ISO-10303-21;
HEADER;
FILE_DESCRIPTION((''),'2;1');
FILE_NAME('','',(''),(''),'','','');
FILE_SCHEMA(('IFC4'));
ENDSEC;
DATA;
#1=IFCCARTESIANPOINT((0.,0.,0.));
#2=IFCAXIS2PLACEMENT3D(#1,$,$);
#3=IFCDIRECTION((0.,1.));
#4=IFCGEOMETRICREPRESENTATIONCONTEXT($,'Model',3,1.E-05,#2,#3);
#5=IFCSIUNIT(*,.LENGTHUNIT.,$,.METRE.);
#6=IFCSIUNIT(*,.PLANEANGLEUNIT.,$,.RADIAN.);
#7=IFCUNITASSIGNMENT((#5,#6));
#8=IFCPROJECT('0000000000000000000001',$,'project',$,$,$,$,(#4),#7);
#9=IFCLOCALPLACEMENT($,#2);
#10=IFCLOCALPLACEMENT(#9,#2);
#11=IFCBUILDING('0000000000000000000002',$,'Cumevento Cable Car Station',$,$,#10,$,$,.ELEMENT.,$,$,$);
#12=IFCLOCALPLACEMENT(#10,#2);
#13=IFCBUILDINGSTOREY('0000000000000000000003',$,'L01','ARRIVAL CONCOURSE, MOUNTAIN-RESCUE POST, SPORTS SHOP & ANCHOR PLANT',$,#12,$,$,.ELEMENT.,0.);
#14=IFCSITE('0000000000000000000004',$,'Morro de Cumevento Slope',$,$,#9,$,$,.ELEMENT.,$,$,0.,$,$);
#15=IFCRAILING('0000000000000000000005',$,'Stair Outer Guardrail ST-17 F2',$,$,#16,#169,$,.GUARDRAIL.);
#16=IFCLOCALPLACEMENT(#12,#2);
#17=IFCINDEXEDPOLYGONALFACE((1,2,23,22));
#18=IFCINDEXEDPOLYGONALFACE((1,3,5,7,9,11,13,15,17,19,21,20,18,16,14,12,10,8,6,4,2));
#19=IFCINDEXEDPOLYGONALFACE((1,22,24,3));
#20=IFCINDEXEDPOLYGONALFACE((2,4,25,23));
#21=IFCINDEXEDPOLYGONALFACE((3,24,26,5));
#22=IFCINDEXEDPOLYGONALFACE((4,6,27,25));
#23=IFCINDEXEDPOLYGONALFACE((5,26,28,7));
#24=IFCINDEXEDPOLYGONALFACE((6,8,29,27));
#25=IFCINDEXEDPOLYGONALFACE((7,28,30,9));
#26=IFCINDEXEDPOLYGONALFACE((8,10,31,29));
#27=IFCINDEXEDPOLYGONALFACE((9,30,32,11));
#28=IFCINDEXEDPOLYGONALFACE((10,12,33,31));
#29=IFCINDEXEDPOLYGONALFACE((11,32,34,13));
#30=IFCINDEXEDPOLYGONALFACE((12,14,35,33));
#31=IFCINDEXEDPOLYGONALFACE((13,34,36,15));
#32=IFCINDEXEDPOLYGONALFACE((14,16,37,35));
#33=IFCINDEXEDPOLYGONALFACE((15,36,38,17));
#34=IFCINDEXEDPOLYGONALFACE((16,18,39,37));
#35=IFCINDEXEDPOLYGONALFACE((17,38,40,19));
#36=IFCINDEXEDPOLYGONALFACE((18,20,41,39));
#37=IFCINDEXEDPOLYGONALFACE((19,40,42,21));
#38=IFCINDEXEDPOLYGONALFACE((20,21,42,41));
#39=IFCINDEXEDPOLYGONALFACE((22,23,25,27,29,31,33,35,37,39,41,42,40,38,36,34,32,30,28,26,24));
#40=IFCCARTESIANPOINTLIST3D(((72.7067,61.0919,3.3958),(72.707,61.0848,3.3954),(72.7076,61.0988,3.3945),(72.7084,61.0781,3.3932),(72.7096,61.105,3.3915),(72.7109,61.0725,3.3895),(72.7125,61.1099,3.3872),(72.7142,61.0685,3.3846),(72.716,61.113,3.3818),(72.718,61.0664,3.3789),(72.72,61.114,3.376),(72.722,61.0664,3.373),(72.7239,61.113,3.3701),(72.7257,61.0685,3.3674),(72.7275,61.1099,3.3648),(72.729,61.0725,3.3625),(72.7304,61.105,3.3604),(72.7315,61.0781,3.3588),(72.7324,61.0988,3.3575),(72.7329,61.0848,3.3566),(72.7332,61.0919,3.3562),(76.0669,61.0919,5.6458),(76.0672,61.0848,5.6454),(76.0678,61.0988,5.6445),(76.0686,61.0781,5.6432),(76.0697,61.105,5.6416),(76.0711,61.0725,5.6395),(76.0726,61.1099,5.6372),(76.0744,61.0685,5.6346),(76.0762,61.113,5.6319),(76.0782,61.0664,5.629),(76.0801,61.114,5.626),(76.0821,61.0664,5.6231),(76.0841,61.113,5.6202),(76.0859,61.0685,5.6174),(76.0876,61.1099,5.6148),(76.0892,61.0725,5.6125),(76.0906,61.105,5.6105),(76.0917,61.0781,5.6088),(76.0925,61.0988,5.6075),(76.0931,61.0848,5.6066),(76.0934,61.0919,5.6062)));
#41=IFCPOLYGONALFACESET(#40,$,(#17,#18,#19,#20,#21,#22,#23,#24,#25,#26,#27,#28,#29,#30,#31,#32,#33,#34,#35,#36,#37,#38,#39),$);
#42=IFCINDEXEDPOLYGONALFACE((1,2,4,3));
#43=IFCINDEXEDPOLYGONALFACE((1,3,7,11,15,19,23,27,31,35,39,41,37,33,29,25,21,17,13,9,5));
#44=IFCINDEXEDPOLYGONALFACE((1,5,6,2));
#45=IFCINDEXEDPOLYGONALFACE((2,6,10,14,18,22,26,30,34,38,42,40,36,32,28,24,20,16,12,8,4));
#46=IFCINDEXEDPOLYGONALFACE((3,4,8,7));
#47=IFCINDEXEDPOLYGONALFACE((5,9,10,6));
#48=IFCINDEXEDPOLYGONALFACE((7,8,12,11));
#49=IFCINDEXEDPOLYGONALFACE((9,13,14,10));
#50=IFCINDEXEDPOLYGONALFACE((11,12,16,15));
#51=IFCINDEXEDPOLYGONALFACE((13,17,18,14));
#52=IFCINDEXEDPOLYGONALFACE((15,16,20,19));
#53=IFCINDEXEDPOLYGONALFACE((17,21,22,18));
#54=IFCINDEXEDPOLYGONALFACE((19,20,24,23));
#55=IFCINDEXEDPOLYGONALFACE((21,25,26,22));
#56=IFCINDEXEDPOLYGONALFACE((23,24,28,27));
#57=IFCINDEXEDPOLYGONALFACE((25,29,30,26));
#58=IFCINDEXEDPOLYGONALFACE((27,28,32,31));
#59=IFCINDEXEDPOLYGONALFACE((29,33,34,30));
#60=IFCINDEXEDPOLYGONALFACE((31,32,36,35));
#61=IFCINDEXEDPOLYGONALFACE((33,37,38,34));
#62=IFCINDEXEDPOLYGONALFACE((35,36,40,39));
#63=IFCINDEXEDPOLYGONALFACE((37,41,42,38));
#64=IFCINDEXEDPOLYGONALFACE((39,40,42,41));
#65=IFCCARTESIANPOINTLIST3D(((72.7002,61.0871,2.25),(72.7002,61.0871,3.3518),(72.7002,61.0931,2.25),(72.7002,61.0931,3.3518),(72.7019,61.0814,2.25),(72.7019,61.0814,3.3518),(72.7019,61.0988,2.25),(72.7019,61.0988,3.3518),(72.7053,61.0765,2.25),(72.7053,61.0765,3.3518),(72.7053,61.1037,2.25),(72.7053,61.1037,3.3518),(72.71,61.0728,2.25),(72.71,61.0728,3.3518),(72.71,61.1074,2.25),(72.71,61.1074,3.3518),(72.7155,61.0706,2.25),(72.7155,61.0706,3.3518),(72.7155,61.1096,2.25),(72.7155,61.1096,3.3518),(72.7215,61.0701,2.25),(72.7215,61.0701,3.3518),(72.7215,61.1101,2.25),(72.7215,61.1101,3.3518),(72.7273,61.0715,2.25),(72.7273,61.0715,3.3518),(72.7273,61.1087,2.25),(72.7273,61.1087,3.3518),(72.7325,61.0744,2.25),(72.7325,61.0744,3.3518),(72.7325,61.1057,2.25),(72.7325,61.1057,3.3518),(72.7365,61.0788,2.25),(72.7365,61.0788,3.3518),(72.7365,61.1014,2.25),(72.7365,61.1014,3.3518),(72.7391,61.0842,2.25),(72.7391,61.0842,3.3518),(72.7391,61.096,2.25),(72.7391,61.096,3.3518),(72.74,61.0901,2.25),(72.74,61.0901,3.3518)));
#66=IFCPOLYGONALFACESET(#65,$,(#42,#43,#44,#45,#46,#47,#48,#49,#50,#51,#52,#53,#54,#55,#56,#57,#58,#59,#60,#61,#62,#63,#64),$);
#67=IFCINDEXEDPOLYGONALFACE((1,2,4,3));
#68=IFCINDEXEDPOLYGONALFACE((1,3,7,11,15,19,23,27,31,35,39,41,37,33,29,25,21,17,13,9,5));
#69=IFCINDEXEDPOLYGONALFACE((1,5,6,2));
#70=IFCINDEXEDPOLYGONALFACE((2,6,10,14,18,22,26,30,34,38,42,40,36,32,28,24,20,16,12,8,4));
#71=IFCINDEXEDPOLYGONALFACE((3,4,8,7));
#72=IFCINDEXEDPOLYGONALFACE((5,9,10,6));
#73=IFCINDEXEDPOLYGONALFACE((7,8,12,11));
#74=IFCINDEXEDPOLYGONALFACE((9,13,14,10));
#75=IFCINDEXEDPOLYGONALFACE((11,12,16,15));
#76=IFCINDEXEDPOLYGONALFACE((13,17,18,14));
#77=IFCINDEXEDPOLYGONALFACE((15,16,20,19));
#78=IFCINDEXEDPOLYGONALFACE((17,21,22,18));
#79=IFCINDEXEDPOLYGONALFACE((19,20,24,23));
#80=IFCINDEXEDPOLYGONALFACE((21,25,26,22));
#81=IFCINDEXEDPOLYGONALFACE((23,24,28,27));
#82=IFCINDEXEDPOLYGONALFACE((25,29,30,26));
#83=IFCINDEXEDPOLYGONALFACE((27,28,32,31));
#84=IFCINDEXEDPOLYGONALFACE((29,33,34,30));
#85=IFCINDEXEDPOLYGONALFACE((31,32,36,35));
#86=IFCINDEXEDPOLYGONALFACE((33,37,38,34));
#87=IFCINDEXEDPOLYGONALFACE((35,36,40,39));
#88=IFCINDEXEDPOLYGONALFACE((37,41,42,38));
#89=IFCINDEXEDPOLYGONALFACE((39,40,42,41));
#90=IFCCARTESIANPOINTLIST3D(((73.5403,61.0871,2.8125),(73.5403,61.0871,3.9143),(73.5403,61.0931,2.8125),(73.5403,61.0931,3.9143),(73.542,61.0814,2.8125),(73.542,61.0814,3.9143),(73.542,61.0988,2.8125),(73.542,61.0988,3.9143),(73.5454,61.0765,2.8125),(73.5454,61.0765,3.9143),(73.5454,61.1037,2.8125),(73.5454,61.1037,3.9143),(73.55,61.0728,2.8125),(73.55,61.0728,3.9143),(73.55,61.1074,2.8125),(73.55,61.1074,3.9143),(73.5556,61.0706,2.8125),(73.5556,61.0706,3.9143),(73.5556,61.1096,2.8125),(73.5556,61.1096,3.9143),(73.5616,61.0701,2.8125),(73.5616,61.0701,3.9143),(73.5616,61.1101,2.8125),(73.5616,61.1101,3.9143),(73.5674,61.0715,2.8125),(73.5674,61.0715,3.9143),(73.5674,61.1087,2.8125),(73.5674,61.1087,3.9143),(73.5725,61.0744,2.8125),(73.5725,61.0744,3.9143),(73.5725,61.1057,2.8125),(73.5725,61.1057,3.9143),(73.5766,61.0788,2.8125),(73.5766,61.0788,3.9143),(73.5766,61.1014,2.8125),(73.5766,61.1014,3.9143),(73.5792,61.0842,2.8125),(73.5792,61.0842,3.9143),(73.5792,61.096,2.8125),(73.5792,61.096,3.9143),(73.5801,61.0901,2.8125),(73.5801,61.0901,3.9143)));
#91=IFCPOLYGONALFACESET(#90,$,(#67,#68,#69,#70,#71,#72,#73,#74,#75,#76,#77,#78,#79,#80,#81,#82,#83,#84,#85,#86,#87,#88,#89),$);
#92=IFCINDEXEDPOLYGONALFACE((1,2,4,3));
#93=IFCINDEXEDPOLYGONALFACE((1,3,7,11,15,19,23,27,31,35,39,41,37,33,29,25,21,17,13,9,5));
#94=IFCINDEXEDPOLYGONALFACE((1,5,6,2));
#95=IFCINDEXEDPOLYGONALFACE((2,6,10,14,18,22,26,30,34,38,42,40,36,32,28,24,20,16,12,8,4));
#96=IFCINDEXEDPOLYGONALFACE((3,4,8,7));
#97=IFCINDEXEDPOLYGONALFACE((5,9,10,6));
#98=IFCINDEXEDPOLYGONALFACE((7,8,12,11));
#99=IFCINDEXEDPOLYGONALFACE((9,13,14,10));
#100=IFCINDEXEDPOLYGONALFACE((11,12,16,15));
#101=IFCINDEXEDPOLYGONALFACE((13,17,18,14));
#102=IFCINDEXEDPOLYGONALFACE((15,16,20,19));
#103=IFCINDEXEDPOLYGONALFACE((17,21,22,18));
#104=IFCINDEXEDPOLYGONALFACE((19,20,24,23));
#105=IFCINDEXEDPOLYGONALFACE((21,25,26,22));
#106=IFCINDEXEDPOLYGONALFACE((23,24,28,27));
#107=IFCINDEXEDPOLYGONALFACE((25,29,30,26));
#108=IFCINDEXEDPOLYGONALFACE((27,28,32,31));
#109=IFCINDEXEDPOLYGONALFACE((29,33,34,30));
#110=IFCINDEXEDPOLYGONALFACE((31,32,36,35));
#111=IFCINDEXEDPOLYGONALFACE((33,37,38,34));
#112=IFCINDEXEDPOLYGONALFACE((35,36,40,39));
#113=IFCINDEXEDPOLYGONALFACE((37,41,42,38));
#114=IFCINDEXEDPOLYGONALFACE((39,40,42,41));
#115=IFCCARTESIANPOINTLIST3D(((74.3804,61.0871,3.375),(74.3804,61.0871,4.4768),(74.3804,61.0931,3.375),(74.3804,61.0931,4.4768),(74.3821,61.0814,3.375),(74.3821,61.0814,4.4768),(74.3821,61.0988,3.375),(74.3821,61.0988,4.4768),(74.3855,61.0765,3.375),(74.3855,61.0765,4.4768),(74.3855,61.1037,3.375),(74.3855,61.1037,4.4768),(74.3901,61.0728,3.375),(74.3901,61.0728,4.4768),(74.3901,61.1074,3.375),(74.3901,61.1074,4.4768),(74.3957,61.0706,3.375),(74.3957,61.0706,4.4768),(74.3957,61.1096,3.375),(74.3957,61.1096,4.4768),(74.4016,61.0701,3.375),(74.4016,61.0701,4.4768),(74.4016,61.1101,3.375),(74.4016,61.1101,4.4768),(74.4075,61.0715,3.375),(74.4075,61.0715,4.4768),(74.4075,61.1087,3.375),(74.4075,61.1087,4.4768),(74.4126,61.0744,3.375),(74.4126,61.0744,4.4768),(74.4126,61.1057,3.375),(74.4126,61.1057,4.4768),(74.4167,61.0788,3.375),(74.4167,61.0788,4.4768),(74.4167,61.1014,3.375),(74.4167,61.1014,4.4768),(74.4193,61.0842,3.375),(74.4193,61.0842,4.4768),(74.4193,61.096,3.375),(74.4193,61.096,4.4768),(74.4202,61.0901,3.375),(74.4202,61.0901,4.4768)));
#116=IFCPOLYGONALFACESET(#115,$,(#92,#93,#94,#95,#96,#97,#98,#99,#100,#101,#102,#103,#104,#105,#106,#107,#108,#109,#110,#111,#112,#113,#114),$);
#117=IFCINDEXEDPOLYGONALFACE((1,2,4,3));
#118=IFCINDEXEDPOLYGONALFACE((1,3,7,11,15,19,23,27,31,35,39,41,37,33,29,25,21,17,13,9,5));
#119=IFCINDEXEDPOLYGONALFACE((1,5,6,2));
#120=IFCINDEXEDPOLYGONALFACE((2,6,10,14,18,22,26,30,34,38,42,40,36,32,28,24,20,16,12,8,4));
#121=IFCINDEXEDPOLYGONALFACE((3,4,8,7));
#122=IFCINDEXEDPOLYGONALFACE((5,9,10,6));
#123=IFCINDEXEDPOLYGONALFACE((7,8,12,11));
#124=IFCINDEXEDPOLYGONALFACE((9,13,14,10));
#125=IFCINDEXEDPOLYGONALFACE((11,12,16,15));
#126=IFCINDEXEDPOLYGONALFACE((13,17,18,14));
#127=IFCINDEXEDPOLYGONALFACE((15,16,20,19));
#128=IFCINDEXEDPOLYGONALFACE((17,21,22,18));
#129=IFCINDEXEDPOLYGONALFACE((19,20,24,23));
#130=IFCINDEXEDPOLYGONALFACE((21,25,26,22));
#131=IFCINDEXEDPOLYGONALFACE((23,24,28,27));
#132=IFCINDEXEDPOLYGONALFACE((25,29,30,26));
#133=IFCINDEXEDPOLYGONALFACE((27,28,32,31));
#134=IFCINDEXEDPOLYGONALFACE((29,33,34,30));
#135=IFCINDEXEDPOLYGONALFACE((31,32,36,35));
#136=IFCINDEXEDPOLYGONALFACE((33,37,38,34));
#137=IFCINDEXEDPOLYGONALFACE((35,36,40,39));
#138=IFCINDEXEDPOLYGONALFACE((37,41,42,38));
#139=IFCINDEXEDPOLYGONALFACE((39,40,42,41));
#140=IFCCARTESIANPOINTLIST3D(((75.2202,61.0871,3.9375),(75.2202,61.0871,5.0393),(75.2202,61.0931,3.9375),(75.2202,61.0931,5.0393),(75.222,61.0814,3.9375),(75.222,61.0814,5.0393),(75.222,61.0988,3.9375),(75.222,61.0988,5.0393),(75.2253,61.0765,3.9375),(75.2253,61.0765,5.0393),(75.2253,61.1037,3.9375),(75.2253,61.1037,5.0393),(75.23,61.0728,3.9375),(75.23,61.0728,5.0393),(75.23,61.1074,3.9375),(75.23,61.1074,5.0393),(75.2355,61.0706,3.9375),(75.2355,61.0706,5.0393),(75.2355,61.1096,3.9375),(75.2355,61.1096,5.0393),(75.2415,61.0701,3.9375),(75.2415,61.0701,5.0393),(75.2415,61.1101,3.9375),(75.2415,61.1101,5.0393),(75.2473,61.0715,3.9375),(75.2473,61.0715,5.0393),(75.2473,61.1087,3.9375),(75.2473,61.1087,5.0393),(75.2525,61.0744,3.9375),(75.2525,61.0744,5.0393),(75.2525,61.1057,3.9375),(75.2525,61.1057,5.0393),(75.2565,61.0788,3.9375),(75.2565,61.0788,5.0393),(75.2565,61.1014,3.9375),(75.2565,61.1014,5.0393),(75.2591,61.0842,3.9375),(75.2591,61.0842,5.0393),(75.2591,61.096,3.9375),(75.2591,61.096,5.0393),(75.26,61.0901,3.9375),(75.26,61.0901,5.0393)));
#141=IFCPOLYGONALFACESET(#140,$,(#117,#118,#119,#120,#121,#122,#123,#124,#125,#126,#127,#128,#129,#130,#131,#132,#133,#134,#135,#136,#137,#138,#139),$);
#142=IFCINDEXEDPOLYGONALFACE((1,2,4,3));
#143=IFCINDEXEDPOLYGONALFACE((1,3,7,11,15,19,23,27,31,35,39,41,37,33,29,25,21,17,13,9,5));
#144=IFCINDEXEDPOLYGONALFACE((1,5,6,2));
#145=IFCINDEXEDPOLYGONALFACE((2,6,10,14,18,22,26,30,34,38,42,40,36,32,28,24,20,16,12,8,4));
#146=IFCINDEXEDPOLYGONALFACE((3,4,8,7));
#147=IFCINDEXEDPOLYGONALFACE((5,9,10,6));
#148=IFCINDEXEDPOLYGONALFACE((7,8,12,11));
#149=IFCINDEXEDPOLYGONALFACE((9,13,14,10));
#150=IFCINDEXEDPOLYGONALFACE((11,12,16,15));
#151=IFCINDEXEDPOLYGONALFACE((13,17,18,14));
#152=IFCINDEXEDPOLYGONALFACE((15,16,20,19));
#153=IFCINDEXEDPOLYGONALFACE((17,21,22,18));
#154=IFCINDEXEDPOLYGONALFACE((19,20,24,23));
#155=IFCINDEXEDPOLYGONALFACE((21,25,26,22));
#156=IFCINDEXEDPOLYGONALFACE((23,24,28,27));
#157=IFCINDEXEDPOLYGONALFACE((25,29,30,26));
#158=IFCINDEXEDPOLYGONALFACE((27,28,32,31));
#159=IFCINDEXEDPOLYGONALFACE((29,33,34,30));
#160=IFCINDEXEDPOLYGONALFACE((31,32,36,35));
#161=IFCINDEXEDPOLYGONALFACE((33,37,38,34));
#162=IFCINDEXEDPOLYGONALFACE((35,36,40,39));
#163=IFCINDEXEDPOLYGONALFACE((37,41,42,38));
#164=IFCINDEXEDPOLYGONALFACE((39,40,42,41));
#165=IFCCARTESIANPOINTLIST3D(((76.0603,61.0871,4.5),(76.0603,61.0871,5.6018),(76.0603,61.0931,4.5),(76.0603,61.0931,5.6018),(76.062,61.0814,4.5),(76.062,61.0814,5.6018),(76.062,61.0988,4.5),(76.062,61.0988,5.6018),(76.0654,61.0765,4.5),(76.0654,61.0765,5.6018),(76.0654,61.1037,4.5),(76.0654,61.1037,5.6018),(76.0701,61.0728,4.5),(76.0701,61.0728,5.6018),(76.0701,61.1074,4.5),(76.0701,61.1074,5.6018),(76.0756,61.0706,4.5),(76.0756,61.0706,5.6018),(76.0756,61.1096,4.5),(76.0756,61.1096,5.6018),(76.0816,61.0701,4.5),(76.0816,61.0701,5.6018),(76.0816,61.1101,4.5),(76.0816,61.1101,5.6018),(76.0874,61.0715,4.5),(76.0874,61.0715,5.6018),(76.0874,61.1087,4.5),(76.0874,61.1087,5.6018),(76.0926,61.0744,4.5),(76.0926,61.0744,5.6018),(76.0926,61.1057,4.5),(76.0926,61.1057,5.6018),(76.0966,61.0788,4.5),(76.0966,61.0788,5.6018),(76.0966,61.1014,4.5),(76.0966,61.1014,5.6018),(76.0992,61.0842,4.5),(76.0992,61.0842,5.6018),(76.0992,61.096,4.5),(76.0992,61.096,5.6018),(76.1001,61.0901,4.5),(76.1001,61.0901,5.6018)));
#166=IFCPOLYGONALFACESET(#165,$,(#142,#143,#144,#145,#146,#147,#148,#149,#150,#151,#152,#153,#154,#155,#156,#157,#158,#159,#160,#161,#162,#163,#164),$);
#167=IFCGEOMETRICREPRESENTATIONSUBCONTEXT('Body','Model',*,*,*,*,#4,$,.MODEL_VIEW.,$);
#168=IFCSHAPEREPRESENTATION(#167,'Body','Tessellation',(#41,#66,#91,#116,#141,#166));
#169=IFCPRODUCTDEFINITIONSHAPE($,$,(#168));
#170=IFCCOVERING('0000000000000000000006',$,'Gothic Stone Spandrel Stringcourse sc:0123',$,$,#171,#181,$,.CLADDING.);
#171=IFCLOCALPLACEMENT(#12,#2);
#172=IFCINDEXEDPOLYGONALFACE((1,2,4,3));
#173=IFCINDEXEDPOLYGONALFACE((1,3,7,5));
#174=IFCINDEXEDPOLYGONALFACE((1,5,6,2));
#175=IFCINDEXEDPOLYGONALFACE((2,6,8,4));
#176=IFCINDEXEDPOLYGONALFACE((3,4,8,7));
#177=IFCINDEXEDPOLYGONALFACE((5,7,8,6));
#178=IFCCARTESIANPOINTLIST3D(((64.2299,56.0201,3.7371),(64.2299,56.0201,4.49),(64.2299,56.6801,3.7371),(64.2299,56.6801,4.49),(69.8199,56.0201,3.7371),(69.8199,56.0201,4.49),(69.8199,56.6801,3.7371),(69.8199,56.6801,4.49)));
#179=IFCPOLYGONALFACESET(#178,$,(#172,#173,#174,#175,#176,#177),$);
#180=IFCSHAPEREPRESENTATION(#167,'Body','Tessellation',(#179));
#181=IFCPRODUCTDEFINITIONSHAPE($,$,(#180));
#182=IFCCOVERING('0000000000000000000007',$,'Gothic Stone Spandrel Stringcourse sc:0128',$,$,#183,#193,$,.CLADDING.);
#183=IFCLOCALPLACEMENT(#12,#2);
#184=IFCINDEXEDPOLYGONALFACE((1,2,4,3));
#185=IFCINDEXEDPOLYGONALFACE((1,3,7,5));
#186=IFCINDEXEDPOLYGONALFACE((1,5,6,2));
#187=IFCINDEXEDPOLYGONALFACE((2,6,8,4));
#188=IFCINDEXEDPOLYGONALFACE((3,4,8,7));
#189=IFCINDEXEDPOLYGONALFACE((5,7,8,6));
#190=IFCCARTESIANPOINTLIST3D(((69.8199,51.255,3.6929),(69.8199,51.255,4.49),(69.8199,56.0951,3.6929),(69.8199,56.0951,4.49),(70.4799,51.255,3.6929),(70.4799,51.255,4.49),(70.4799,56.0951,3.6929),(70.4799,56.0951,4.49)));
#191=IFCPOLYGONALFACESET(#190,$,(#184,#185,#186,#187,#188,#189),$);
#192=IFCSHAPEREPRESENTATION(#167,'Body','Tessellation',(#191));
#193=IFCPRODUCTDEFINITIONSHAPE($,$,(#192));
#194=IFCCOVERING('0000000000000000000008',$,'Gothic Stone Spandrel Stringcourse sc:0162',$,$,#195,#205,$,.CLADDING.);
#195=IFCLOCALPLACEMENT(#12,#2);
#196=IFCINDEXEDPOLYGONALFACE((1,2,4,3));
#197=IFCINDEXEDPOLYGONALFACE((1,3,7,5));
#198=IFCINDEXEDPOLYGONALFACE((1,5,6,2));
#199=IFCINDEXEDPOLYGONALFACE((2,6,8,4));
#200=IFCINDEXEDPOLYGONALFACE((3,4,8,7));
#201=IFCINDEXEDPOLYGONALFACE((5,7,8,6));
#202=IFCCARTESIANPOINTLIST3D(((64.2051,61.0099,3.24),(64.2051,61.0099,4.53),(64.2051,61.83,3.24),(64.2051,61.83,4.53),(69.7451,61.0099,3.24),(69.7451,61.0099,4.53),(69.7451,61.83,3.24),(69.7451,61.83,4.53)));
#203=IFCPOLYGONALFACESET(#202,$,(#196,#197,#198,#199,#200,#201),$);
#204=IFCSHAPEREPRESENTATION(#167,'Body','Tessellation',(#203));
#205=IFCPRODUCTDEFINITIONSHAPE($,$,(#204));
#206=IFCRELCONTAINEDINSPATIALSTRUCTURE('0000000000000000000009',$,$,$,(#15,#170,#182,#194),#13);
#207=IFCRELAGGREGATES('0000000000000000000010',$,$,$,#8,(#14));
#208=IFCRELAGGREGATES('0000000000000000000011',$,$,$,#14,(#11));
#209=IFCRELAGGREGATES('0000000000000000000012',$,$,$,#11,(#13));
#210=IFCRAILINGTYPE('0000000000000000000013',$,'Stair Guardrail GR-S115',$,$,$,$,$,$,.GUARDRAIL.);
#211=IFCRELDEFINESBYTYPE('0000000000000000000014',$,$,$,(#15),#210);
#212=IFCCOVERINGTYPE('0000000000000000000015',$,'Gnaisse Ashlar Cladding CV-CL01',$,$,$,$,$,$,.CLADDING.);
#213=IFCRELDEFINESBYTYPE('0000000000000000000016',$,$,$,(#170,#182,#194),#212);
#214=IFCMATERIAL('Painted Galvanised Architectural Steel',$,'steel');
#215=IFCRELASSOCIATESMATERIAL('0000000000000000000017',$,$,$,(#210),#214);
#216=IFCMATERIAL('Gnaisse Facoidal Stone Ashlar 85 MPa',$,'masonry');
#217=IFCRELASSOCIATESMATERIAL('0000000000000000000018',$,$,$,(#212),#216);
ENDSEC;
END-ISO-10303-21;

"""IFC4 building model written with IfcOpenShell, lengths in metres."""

from ifc_helpers import new_model, si_unit, direction, frame, origin, origin_2d, place, context, subcontext, project, spatial, rectangle, circle, extrude, material, type_object, element, save


model = new_model("IFC4")

# Units and contexts
model_context = context("Model", 3, precision=1e-05, world=origin(), true_north=direction((0.0, 1.0)))
body_context = subcontext(model_context, "Body", "Model", "MODEL_VIEW")
ifc_project = project(units=[si_unit("LENGTHUNIT", "METRE"), si_unit("PLANEANGLEUNIT", "RADIAN")], contexts=[model_context])

# Site, building, storey
site_placement = place(None, origin())
site = spatial("IfcSite", under=ifc_project, at=site_placement, Name="Morro de Cumevento Slope", CompositionType="ELEMENT", RefElevation=0.0)
building_placement = place(site_placement, origin())
building = spatial("IfcBuilding", under=site, at=building_placement, Name="Cumevento Cable Car Station", CompositionType="ELEMENT")
storey_placement = place(building_placement, origin())
storey = spatial("IfcBuildingStorey", under=building, at=storey_placement, Name="L01", Description="ARRIVAL CONCOURSE, MOUNTAIN-RESCUE POST, SPORTS SHOP & ANCHOR PLANT", CompositionType="ELEMENT", Elevation=0.0)

# Railing
ifc_material_1 = material(Name="Painted Galvanised Architectural Steel", Category="steel")
railing_type = type_object("IfcRailingType", Name="Stair Guardrail GR-S115", PredefinedType="GUARDRAIL", material=ifc_material_1)
railing_1_placement = place(storey_placement, frame((72.72, 61.0901, 2.25)))
element("IfcRailing", 1, at=railing_1_placement, inside=storey, type_object=railing_type, Name="Stair Outer Guardrail ST-17 F2", PredefinedType="GUARDRAIL", context=body_context, shape_type="SweptSolid", body=[
    extrude(circle(Radius=0.0239, at=origin_2d()), frame((0.0, 0.0, 1.126), z_axis=(0.830915, 0.0, 0.556399), x_axis=(0.0, 1.0, 0.0)), (0.0, 0.0, 1.0), 4.0439),
    extrude(circle(Radius=0.02, at=origin_2d()), origin(), (0.0, 0.0, 1.0), 1.1018),
    extrude(circle(Radius=0.02, at=origin_2d()), frame((0.8401, 0.0, 0.5625)), (0.0, 0.0, 1.0), 1.1018),
    extrude(circle(Radius=0.02, at=origin_2d()), frame((1.6802, 0.0, 1.125)), (0.0, 0.0, 1.0), 1.1018),
    extrude(circle(Radius=0.02, at=origin_2d()), frame((2.52, 0.0, 1.6875)), (0.0, 0.0, 1.0), 1.1018),
    extrude(circle(Radius=0.02, at=origin_2d()), frame((3.3601, 0.0, 2.25)), (0.0, 0.0, 1.0), 1.1018),
])

# Coverings
ifc_material_2 = material(Name="Gnaisse Facoidal Stone Ashlar 85 MPa", Category="masonry")
covering_type = type_object("IfcCoveringType", Name="Gnaisse Ashlar Cladding CV-CL01", PredefinedType="CLADDING", material=ifc_material_2)
covering_1_placement = place(storey_placement, frame((67.0249, 56.3501, 3.7371), z_axis=(0.0, 0.0, 1.0), x_axis=(1.0, 0.0, 0.0)))
element("IfcCovering", 2, at=covering_1_placement, inside=storey, type_object=covering_type, Name="Gothic Stone Spandrel Stringcourse sc:0123", PredefinedType="CLADDING", context=body_context, shape_type="SweptSolid", body=[
    extrude(rectangle(XDim=5.5901, YDim=0.6599, at=origin_2d()), origin(), (0.0, 0.0, 1.0), 0.7529),
])
covering_2_placement = place(storey_placement, frame((70.1499, 53.675, 3.6929), z_axis=(0.0, 0.0, 1.0), x_axis=(0.0, 1.0, 0.0)))
element("IfcCovering", 3, at=covering_2_placement, inside=storey, type_object=covering_type, Name="Gothic Stone Spandrel Stringcourse sc:0128", PredefinedType="CLADDING", context=body_context, shape_type="SweptSolid", body=[
    extrude(rectangle(XDim=4.8401, YDim=0.6599, at=origin_2d()), origin(), (0.0, 0.0, 1.0), 0.7971),
])
for number, where, z_axis, x_axis, name in (
    (4, (66.9751, 61.4199, 3.24), (0.0, 0.0, 1.0), (1.0, 0.0, 0.0), "Gothic Stone Spandrel Stringcourse sc:0162"),
):
    element("IfcCovering", number, at=place(storey_placement, frame(where, z_axis=z_axis, x_axis=x_axis)), inside=storey, type_object=covering_type, Name=name, PredefinedType="CLADDING", context=body_context, shape_type="SweptSolid", body=[
        extrude(rectangle(XDim=5.54, YDim=0.8201, at=origin_2d()), origin(), (0.0, 0.0, 1.0), 1.29),
    ])

save(model, "model.ifc")
